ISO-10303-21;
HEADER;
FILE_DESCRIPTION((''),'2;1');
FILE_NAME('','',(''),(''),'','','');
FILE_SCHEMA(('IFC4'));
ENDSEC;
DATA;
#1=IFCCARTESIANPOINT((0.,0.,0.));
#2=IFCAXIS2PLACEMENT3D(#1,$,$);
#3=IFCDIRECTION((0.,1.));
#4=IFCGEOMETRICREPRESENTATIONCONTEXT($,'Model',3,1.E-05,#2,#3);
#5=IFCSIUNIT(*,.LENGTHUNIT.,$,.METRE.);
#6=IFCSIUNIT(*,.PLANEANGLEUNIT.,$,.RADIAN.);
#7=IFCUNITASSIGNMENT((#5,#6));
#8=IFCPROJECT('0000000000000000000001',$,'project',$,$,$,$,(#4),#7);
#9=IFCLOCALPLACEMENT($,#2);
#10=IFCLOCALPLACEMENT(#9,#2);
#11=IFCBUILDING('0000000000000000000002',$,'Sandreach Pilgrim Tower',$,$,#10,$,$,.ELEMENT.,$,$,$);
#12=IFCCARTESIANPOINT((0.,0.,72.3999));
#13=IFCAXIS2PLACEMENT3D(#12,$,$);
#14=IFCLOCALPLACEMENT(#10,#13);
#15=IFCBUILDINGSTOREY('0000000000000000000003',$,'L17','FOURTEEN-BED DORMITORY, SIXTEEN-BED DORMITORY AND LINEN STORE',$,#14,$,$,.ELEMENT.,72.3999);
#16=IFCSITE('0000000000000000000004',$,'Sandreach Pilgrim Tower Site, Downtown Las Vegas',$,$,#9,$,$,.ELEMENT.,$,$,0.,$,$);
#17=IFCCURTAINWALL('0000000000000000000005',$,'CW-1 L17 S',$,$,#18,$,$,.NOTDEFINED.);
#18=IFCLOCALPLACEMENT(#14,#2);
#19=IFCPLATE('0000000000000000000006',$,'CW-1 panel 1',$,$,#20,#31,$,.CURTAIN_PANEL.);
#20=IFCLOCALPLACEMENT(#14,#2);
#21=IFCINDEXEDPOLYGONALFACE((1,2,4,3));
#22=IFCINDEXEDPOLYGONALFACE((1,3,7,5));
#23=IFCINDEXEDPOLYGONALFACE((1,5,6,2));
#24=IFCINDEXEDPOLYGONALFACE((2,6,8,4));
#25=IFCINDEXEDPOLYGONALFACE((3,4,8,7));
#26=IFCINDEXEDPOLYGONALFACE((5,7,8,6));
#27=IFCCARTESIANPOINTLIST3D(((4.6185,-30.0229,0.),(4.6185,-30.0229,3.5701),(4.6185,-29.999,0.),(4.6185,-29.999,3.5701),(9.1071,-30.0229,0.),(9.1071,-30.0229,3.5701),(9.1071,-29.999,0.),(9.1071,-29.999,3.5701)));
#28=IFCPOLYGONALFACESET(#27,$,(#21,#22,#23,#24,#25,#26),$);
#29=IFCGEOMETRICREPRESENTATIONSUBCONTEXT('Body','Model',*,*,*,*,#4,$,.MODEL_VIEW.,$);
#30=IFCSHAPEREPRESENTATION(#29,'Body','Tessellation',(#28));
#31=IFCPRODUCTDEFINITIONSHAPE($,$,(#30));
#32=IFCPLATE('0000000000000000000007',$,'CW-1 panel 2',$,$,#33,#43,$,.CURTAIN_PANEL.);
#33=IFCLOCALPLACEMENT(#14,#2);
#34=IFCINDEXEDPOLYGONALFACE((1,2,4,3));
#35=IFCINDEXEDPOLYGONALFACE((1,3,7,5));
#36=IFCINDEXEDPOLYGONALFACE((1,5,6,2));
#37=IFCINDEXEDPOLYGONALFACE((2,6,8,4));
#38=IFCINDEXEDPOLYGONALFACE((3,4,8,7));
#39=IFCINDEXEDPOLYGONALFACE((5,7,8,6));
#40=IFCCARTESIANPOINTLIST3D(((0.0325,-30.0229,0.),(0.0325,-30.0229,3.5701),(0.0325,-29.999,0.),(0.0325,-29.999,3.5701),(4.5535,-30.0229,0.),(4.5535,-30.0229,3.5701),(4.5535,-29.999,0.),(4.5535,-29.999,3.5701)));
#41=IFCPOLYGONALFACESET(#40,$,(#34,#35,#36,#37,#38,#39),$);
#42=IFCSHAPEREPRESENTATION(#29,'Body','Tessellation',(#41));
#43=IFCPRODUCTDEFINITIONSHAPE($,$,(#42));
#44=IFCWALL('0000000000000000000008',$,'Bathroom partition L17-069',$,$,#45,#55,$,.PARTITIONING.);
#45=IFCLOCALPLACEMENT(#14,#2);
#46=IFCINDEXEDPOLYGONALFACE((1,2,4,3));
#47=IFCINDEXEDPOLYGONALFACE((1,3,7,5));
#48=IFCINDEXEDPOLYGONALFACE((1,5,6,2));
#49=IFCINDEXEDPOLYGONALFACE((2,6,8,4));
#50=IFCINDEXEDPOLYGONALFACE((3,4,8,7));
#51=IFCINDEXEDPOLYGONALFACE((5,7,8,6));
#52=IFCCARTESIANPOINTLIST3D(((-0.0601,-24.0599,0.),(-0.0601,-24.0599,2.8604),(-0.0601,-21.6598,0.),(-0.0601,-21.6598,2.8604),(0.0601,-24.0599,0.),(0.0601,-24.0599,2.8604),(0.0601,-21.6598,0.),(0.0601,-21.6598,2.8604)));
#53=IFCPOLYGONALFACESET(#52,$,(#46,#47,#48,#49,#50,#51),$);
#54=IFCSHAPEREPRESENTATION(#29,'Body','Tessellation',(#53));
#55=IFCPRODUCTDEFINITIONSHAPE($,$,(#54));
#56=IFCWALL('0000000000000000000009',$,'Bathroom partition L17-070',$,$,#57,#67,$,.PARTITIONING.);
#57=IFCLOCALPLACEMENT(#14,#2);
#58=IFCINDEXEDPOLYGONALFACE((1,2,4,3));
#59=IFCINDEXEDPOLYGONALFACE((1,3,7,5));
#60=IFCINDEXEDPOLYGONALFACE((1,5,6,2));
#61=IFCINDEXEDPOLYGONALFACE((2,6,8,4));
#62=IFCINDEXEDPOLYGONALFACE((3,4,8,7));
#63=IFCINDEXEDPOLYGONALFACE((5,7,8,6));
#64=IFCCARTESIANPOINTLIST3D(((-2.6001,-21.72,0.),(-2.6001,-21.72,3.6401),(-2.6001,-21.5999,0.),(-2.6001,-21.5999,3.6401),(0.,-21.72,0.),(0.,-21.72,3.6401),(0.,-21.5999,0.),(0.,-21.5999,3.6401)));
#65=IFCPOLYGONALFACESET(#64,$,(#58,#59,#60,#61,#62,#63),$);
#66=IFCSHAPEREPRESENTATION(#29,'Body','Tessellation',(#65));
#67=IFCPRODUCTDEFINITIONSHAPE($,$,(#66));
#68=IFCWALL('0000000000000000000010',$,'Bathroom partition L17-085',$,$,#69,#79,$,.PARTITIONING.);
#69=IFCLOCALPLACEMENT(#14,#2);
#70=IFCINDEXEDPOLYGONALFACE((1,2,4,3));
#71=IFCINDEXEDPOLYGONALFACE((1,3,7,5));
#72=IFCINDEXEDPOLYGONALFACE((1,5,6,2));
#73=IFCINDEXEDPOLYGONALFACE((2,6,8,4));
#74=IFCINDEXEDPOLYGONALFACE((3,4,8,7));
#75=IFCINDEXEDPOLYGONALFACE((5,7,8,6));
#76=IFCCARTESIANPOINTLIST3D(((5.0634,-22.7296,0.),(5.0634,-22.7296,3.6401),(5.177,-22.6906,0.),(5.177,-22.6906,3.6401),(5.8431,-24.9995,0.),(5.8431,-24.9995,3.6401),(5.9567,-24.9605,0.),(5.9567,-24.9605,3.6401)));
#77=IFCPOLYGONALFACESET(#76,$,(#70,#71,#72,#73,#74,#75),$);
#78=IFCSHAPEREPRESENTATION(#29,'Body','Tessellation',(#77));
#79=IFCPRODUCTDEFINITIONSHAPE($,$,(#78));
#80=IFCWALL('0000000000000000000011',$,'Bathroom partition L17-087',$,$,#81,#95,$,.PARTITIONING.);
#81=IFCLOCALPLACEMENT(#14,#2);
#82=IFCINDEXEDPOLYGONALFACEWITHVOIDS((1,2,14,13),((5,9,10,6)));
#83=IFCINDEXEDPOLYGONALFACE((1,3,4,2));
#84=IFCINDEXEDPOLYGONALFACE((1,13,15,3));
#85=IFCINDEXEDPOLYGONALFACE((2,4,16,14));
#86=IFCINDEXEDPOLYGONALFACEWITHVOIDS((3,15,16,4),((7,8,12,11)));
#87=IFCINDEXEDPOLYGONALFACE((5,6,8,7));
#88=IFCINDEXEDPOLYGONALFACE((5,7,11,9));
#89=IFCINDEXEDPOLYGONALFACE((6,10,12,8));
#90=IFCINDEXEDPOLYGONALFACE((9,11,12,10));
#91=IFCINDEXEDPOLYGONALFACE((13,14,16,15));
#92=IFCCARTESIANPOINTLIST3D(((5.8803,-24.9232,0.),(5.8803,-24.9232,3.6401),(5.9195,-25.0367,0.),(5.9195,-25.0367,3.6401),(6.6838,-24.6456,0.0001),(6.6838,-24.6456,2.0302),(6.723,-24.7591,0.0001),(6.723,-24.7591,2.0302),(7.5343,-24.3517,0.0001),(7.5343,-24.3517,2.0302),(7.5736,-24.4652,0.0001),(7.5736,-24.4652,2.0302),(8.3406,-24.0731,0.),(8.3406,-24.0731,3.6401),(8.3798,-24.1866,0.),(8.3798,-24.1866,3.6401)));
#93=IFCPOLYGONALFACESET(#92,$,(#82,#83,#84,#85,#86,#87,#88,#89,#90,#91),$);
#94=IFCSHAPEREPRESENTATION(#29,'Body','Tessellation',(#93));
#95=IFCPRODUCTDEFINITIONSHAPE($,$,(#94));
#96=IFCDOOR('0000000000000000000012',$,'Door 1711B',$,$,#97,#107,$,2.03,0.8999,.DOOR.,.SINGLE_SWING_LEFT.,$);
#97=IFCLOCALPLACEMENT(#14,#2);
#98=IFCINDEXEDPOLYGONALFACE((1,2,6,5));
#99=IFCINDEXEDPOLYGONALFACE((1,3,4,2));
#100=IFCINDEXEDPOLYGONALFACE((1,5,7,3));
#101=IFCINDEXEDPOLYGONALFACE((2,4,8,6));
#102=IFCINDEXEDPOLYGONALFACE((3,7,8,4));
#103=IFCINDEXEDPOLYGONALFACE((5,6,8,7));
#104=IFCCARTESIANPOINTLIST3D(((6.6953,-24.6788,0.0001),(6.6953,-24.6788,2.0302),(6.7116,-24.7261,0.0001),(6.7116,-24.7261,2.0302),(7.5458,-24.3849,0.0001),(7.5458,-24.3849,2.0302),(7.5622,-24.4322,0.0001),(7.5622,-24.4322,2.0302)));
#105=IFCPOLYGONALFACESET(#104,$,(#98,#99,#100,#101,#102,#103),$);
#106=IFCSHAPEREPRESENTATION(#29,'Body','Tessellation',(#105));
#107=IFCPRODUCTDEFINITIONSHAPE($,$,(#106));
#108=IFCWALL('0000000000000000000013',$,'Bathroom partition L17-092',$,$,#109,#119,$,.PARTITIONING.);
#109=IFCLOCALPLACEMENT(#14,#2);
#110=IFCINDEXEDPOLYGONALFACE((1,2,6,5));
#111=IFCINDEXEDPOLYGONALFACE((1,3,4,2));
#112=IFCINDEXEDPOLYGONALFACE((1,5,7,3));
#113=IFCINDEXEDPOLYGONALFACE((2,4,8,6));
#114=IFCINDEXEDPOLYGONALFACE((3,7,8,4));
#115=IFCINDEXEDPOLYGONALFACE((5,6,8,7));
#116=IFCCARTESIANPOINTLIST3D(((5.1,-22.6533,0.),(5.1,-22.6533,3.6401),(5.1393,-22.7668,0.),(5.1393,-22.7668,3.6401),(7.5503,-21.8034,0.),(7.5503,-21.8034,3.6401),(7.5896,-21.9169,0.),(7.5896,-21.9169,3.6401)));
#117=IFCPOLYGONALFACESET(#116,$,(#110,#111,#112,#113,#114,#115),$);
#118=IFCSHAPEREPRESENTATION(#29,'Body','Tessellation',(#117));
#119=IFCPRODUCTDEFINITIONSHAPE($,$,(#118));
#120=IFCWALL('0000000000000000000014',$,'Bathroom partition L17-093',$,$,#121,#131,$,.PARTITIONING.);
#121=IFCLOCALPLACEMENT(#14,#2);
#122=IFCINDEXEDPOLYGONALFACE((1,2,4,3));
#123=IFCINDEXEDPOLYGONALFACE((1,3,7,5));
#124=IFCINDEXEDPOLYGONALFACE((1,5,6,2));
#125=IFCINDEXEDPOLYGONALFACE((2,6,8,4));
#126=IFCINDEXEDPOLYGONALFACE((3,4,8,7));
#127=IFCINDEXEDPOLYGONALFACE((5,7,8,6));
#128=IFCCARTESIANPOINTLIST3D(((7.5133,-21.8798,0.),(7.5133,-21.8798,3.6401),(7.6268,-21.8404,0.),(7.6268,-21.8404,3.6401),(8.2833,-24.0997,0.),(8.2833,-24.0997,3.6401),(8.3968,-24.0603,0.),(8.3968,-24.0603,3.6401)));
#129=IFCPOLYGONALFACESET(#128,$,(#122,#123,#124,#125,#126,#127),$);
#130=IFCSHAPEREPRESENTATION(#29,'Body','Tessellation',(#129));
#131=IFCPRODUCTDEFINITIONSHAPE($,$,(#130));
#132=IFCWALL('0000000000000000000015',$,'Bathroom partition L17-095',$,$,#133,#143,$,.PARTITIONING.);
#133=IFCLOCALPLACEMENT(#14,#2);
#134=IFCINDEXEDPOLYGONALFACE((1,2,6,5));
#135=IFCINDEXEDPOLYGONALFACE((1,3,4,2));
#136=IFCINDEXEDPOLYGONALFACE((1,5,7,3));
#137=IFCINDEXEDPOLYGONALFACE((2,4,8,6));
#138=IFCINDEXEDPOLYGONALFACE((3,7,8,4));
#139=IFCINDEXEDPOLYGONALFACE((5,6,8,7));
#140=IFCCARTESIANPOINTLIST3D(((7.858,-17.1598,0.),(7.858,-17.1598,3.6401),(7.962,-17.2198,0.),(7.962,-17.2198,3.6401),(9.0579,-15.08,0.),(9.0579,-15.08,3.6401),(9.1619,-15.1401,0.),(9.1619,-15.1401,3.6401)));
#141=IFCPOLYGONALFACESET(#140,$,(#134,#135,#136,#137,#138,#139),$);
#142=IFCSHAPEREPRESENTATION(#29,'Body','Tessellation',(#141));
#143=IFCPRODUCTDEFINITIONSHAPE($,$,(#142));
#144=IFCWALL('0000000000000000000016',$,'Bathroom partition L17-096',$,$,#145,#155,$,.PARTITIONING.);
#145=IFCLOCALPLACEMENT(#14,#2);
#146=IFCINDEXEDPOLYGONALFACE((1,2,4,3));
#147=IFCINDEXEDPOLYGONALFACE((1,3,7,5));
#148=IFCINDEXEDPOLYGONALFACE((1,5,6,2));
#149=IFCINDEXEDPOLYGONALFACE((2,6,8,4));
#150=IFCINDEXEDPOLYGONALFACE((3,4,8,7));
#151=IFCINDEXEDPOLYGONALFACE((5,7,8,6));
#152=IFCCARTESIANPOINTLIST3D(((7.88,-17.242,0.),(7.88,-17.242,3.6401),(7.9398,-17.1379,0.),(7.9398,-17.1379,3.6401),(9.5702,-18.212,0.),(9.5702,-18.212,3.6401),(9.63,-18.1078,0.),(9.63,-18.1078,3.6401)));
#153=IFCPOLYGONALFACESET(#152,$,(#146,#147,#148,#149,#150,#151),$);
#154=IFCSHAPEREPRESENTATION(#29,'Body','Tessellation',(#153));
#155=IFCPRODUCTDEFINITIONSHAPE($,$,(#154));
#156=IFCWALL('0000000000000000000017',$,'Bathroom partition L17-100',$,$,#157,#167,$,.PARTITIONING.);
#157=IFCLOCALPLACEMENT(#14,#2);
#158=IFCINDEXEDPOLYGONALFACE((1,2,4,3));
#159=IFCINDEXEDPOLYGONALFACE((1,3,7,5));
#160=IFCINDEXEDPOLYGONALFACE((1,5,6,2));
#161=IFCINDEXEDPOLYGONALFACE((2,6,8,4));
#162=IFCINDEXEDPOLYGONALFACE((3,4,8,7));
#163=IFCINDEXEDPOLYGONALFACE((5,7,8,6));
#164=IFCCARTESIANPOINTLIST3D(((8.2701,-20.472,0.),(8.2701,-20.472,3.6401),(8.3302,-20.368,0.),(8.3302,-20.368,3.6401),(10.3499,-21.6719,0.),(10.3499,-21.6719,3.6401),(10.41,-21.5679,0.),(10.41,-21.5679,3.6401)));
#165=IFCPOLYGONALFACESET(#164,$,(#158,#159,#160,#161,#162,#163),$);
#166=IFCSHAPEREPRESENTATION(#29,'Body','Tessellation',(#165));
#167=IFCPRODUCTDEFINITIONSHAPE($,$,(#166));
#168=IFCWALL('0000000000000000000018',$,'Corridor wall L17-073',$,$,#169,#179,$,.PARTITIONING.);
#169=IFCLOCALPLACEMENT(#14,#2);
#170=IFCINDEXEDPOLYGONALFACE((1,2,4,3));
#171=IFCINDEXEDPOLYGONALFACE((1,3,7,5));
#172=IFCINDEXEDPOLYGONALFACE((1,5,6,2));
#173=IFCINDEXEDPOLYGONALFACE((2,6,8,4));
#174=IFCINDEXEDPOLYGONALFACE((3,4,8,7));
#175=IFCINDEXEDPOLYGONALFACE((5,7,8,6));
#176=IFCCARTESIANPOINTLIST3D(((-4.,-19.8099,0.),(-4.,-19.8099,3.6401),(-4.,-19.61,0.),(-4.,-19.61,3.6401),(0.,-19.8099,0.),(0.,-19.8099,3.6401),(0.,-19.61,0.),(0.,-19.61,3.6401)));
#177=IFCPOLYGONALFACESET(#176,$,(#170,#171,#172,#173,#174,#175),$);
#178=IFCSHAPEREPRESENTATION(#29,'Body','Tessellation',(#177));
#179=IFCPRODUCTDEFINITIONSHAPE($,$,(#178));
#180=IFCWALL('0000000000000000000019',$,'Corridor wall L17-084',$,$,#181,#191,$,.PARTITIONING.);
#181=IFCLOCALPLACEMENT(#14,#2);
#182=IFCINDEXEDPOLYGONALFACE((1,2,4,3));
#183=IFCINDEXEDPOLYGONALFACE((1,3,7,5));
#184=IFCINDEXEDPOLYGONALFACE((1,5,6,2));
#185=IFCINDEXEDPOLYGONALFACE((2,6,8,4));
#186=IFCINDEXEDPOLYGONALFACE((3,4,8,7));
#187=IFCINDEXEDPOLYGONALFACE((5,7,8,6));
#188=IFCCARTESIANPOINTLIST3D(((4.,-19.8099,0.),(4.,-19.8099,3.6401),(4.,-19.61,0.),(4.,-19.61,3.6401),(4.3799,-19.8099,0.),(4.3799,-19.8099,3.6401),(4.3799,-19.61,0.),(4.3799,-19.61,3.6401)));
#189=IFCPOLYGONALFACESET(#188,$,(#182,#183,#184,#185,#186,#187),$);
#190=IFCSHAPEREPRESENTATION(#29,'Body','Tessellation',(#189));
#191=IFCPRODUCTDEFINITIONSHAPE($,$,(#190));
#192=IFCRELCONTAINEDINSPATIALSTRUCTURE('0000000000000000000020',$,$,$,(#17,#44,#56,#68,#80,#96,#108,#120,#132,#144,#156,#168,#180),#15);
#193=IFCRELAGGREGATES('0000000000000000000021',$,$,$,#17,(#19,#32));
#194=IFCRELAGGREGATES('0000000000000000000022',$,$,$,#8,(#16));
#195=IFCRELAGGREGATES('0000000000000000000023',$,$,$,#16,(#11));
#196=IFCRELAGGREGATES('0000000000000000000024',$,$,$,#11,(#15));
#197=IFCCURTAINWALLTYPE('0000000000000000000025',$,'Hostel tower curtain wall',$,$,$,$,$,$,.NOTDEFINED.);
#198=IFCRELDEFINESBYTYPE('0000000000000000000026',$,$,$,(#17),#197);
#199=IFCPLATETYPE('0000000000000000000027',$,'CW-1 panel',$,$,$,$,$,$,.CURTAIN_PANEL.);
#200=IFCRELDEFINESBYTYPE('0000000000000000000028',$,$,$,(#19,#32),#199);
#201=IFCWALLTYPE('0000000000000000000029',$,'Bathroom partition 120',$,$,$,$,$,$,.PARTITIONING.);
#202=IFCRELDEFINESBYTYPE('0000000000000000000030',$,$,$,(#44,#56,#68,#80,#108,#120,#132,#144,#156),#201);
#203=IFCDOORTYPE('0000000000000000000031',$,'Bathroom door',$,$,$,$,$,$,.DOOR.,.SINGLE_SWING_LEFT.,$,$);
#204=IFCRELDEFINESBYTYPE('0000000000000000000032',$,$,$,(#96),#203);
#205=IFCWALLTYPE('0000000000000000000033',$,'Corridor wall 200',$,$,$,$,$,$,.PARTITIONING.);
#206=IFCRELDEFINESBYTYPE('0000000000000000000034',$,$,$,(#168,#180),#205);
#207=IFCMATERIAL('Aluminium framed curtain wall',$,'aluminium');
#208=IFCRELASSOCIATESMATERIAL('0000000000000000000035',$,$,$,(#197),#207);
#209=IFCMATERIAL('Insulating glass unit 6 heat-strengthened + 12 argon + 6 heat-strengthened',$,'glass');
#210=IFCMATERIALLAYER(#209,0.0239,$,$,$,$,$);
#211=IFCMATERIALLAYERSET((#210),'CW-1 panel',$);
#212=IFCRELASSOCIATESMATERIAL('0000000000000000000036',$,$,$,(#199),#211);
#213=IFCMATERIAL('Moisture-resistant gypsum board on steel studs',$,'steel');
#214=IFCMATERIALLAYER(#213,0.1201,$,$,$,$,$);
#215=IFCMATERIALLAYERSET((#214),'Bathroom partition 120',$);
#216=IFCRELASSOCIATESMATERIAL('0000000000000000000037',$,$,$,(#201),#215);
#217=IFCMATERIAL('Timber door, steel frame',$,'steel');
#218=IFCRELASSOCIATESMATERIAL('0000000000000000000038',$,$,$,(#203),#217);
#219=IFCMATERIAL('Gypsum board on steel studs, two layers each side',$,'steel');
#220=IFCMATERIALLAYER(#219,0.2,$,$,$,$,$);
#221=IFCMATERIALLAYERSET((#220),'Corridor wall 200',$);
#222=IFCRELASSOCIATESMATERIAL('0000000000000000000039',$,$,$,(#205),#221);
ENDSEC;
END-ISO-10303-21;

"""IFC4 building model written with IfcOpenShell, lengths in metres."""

from ifc_helpers import new_model, si_unit, direction, frame, frame_2d, origin, origin_2d, place, context, subcontext, project, spatial, rectangle, extrude, material, layer, layer_set, type_object, element, fill, aggregate, save


model = new_model("IFC4")

# Units and contexts
model_context = context("Model", 3, precision=1e-05, world=origin(), true_north=direction((0.0, 1.0)))
body_context = subcontext(model_context, "Body", "Model", "MODEL_VIEW")
ifc_project = project(units=[si_unit("LENGTHUNIT", "METRE"), si_unit("PLANEANGLEUNIT", "RADIAN")], contexts=[model_context])

# Site, building, storey
site_placement = place(None, origin())
site = spatial("IfcSite", under=ifc_project, at=site_placement, Name="Sandreach Pilgrim Tower Site, Downtown Las Vegas", CompositionType="ELEMENT", RefElevation=0.0)
building_placement = place(site_placement, origin())
building = spatial("IfcBuilding", under=site, at=building_placement, Name="Sandreach Pilgrim Tower", CompositionType="ELEMENT")
storey_placement = place(building_placement, frame((0.0, 0.0, 72.3999)))
storey = spatial("IfcBuildingStorey", under=building, at=storey_placement, Name="L17", Description="FOURTEEN-BED DORMITORY, SIXTEEN-BED DORMITORY AND LINEN STORE", CompositionType="ELEMENT", Elevation=72.3999)

# Curtain wall
ifc_material_1 = material(Name="Aluminium framed curtain wall", Category="aluminium")
curtain_wall_type = type_object("IfcCurtainWallType", Name="Hostel tower curtain wall", PredefinedType="NOTDEFINED", material=ifc_material_1)
curtain_wall_placement = place(storey_placement, origin())
curtain_wall = element("IfcCurtainWall", 1, at=curtain_wall_placement, inside=storey, type_object=curtain_wall_type, Name="CW-1 L17 S", PredefinedType="NOTDEFINED")

# Plates
ifc_material_2 = material(Name="Insulating glass unit 6 heat-strengthened + 12 argon + 6 heat-strengthened", Category="glass")
ifc_layer_1 = layer(ifc_material_2, 0.0239)
ifc_layer_set_1 = layer_set([ifc_layer_1], Name="CW-1 panel")
plate_type = type_object("IfcPlateType", Name="CW-1 panel", PredefinedType="CURTAIN_PANEL", material=ifc_layer_set_1)
plate_1_placement = place(storey_placement, frame((6.8628, -30.011, 0.0), z_axis=(0.0, 0.0, 1.0), x_axis=(-1.0, 0.0, 0.0)))
plate_1 = element("IfcPlate", 2, at=plate_1_placement, type_object=plate_type, Name="CW-1 panel 1", PredefinedType="CURTAIN_PANEL", context=body_context, shape_type="SweptSolid", body=[
    extrude(rectangle(XDim=4.4885, YDim=0.0239, at=origin_2d()), origin(), (0.0, 0.0, 1.0), 3.5701),
])
plate_2_placement = place(storey_placement, frame((2.293, -30.011, 0.0), z_axis=(0.0, 0.0, 1.0), x_axis=(-1.0, 0.0, 0.0)))
plate_2 = element("IfcPlate", 3, at=plate_2_placement, type_object=plate_type, Name="CW-1 panel 2", PredefinedType="CURTAIN_PANEL", context=body_context, shape_type="SweptSolid", body=[
    extrude(rectangle(XDim=4.521, YDim=0.0239, at=origin_2d()), origin(), (0.0, 0.0, 1.0), 3.5701),
])
aggregate(curtain_wall, [plate_1, plate_2])

# Walls
ifc_material_3 = material(Name="Moisture-resistant gypsum board on steel studs", Category="steel")
ifc_layer_2 = layer(ifc_material_3, 0.1201)
ifc_layer_set_2 = layer_set([ifc_layer_2], Name="Bathroom partition 120")
wall_type_1 = type_object("IfcWallType", Name="Bathroom partition 120", PredefinedType="PARTITIONING", material=ifc_layer_set_2)
wall_1_placement = place(storey_placement, frame((0.0, -24.0601, 0.0), z_axis=(0.0, 0.0, 1.0), x_axis=(0.0, 1.0, 0.0)))
element("IfcWall", 4, at=wall_1_placement, inside=storey, type_object=wall_type_1, Name="Bathroom partition L17-069", PredefinedType="PARTITIONING", context=body_context, shape_type="SweptSolid", body=[
    extrude(rectangle(XDim=2.4001, YDim=0.1201, at=frame_2d((1.2002, 0.0))), origin(), (0.0, 0.0, 1.0), 2.8604),
])
wall_2_placement = place(storey_placement, frame((0.0, -21.6599, 0.0), z_axis=(0.0, 0.0, 1.0), x_axis=(-1.0, 0.0, 0.0)))
element("IfcWall", 5, at=wall_2_placement, inside=storey, type_object=wall_type_1, Name="Bathroom partition L17-070", PredefinedType="PARTITIONING", context=body_context, shape_type="SweptSolid", body=[
    extrude(rectangle(XDim=2.6001, YDim=0.1201, at=frame_2d((1.3, 0.0))), origin(), (0.0, 0.0, 1.0), 3.6401),
])
wall_3_placement = place(storey_placement, frame((5.1201, -22.71, 0.0), z_axis=(0.0, 0.0, 1.0), x_axis=(0.324881, -0.945755, 0.0)))
element("IfcWall", 6, at=wall_3_placement, inside=storey, type_object=wall_type_1, Name="Bathroom partition L17-085", PredefinedType="PARTITIONING", context=body_context, shape_type="SweptSolid", body=[
    extrude(rectangle(XDim=2.4001, YDim=0.1201, at=frame_2d((1.2002, 0.0))), origin(), (0.0, 0.0, 1.0), 3.6401),
])

# Wall, opening, door
wall_4_placement = place(storey_placement, frame((5.8999, -24.98, 0.0), z_axis=(0.0, 0.0, 1.0), x_axis=(0.945165, 0.326592, 0.0)))
wall_4 = element("IfcWall", 7, at=wall_4_placement, inside=storey, type_object=wall_type_1, Name="Bathroom partition L17-087", PredefinedType="PARTITIONING", context=body_context, shape_type="SweptSolid", body=[
    extrude(rectangle(XDim=2.603, YDim=0.1201, at=frame_2d((1.3015, 0.0))), origin(), (0.0, 0.0, 1.0), 3.6401),
])
opening_1_placement = place(wall_4_placement, frame((0.8501, 0.0, 0.0)))
opening_1 = element("IfcOpeningElement", 8, at=opening_1_placement, cuts=wall_4, PredefinedType="OPENING", context=body_context, shape_type="SweptSolid", body=[
    extrude(rectangle(XDim=0.8999, YDim=2.03, at=frame_2d((0.45, 1.0151))), frame((0.0, 0.0601, 0.0), z_axis=(0.0, -1.0, 0.0), x_axis=(1.0, 0.0, 0.0)), (0.0, 0.0, 1.0), 0.1201),
])
ifc_material_4 = material(Name="Timber door, steel frame", Category="steel")
door_type_1 = type_object("IfcDoorType", Name="Bathroom door", OperationType="SINGLE_SWING_LEFT", PredefinedType="DOOR", material=ifc_material_4)
door_1_placement = place(opening_1_placement, origin())
door_1 = element("IfcDoor", 9, at=door_1_placement, inside=storey, type_object=door_type_1, Name="Door 1711B", OperationType="SINGLE_SWING_LEFT", OverallHeight=2.03, OverallWidth=0.8999, PredefinedType="DOOR", context=body_context, shape_type="SweptSolid", body=[
    extrude(rectangle(XDim=0.8999, YDim=2.03, at=frame_2d((0.45, 1.0151))), frame((0.0, 0.0249, 0.0), z_axis=(0.0, -1.0, 0.0), x_axis=(1.0, 0.0, 0.0)), (0.0, 0.0, 1.0), 0.05),
])
fill(opening_1, door_1)

# Walls
wall_5_placement = place(storey_placement, frame((7.5701, -21.8601, 0.0), z_axis=(0.0, 0.0, 1.0), x_axis=(-0.944782, -0.327699, 0.0)))
element("IfcWall", 10, at=wall_5_placement, inside=storey, type_object=wall_type_1, Name="Bathroom partition L17-092", PredefinedType="PARTITIONING", context=body_context, shape_type="SweptSolid", body=[
    extrude(rectangle(XDim=2.5935, YDim=0.1201, at=frame_2d((1.2969, 0.0))), origin(), (0.0, 0.0, 1.0), 3.6401),
])
wall_6_placement = place(storey_placement, frame((7.5701, -21.8601, 0.0), z_axis=(0.0, 0.0, 1.0), x_axis=(0.327706, -0.94478, 0.0)))
element("IfcWall", 11, at=wall_6_placement, inside=storey, type_object=wall_type_1, Name="Bathroom partition L17-093", PredefinedType="PARTITIONING", context=body_context, shape_type="SweptSolid", body=[
    extrude(rectangle(XDim=2.3496, YDim=0.1201, at=frame_2d((1.1748, 0.0))), origin(), (0.0, 0.0, 1.0), 3.6401),
])
wall_7_placement = place(storey_placement, frame((7.9099, -17.1899, 0.0), z_axis=(0.0, 0.0, 1.0), x_axis=(0.499737, 0.866177, 0.0)))
element("IfcWall", 12, at=wall_7_placement, inside=storey, type_object=wall_type_1, Name="Bathroom partition L17-095", PredefinedType="PARTITIONING", context=body_context, shape_type="SweptSolid", body=[
    extrude(rectangle(XDim=2.4011, YDim=0.1201, at=frame_2d((1.2007, 0.0))), origin(), (0.0, 0.0, 1.0), 3.6401),
])
wall_8_placement = place(storey_placement, frame((7.9099, -17.1899, 0.0), z_axis=(0.0, 0.0, 1.0), x_axis=(0.867324, -0.497744, 0.0)))
element("IfcWall", 13, at=wall_8_placement, inside=storey, type_object=wall_type_1, Name="Bathroom partition L17-096", PredefinedType="PARTITIONING", context=body_context, shape_type="SweptSolid", body=[
    extrude(rectangle(XDim=1.9487, YDim=0.1201, at=frame_2d((0.9744, 0.0))), origin(), (0.0, 0.0, 1.0), 3.6401),
])
wall_9_placement = place(storey_placement, frame((8.3, -20.4199, 0.0), z_axis=(0.0, 0.0, 1.0), x_axis=(0.866177, -0.499737, 0.0)))
element("IfcWall", 14, at=wall_9_placement, inside=storey, type_object=wall_type_1, Name="Bathroom partition L17-100", PredefinedType="PARTITIONING", context=body_context, shape_type="SweptSolid", body=[
    extrude(rectangle(XDim=2.4011, YDim=0.1201, at=frame_2d((1.2007, 0.0))), origin(), (0.0, 0.0, 1.0), 3.6401),
])

# Shared definitions
ifc_material_5 = material(Name="Gypsum board on steel studs, two layers each side", Category="steel")
ifc_layer_3 = layer(ifc_material_5, 0.2)
ifc_layer_set_3 = layer_set([ifc_layer_3], Name="Corridor wall 200")
wall_type_2 = type_object("IfcWallType", Name="Corridor wall 200", PredefinedType="PARTITIONING", material=ifc_layer_set_3)

# Wall
wall_10_placement = place(storey_placement, frame((0.0, -19.71, 0.0), z_axis=(0.0, 0.0, 1.0), x_axis=(-1.0, 0.0, 0.0)))
element("IfcWall", 15, at=wall_10_placement, inside=storey, type_object=wall_type_2, Name="Corridor wall L17-073", PredefinedType="PARTITIONING", context=body_context, shape_type="SweptSolid", body=[
    extrude(rectangle(XDim=4.0, YDim=0.2, at=frame_2d((2.0, 0.0))), origin(), (0.0, 0.0, 1.0), 3.6401),
])

# Wall
wall_11_placement = place(storey_placement, frame((4.3799, -19.71, 0.0), z_axis=(0.0, 0.0, 1.0), x_axis=(-1.0, 0.0, 0.0)))
element("IfcWall", 16, at=wall_11_placement, inside=storey, type_object=wall_type_2, Name="Corridor wall L17-084", PredefinedType="PARTITIONING", context=body_context, shape_type="SweptSolid", body=[
    extrude(rectangle(XDim=0.3799, YDim=0.2, at=frame_2d((0.1899, 0.0))), origin(), (0.0, 0.0, 1.0), 3.6401),
])

save(model, "model.ifc")
